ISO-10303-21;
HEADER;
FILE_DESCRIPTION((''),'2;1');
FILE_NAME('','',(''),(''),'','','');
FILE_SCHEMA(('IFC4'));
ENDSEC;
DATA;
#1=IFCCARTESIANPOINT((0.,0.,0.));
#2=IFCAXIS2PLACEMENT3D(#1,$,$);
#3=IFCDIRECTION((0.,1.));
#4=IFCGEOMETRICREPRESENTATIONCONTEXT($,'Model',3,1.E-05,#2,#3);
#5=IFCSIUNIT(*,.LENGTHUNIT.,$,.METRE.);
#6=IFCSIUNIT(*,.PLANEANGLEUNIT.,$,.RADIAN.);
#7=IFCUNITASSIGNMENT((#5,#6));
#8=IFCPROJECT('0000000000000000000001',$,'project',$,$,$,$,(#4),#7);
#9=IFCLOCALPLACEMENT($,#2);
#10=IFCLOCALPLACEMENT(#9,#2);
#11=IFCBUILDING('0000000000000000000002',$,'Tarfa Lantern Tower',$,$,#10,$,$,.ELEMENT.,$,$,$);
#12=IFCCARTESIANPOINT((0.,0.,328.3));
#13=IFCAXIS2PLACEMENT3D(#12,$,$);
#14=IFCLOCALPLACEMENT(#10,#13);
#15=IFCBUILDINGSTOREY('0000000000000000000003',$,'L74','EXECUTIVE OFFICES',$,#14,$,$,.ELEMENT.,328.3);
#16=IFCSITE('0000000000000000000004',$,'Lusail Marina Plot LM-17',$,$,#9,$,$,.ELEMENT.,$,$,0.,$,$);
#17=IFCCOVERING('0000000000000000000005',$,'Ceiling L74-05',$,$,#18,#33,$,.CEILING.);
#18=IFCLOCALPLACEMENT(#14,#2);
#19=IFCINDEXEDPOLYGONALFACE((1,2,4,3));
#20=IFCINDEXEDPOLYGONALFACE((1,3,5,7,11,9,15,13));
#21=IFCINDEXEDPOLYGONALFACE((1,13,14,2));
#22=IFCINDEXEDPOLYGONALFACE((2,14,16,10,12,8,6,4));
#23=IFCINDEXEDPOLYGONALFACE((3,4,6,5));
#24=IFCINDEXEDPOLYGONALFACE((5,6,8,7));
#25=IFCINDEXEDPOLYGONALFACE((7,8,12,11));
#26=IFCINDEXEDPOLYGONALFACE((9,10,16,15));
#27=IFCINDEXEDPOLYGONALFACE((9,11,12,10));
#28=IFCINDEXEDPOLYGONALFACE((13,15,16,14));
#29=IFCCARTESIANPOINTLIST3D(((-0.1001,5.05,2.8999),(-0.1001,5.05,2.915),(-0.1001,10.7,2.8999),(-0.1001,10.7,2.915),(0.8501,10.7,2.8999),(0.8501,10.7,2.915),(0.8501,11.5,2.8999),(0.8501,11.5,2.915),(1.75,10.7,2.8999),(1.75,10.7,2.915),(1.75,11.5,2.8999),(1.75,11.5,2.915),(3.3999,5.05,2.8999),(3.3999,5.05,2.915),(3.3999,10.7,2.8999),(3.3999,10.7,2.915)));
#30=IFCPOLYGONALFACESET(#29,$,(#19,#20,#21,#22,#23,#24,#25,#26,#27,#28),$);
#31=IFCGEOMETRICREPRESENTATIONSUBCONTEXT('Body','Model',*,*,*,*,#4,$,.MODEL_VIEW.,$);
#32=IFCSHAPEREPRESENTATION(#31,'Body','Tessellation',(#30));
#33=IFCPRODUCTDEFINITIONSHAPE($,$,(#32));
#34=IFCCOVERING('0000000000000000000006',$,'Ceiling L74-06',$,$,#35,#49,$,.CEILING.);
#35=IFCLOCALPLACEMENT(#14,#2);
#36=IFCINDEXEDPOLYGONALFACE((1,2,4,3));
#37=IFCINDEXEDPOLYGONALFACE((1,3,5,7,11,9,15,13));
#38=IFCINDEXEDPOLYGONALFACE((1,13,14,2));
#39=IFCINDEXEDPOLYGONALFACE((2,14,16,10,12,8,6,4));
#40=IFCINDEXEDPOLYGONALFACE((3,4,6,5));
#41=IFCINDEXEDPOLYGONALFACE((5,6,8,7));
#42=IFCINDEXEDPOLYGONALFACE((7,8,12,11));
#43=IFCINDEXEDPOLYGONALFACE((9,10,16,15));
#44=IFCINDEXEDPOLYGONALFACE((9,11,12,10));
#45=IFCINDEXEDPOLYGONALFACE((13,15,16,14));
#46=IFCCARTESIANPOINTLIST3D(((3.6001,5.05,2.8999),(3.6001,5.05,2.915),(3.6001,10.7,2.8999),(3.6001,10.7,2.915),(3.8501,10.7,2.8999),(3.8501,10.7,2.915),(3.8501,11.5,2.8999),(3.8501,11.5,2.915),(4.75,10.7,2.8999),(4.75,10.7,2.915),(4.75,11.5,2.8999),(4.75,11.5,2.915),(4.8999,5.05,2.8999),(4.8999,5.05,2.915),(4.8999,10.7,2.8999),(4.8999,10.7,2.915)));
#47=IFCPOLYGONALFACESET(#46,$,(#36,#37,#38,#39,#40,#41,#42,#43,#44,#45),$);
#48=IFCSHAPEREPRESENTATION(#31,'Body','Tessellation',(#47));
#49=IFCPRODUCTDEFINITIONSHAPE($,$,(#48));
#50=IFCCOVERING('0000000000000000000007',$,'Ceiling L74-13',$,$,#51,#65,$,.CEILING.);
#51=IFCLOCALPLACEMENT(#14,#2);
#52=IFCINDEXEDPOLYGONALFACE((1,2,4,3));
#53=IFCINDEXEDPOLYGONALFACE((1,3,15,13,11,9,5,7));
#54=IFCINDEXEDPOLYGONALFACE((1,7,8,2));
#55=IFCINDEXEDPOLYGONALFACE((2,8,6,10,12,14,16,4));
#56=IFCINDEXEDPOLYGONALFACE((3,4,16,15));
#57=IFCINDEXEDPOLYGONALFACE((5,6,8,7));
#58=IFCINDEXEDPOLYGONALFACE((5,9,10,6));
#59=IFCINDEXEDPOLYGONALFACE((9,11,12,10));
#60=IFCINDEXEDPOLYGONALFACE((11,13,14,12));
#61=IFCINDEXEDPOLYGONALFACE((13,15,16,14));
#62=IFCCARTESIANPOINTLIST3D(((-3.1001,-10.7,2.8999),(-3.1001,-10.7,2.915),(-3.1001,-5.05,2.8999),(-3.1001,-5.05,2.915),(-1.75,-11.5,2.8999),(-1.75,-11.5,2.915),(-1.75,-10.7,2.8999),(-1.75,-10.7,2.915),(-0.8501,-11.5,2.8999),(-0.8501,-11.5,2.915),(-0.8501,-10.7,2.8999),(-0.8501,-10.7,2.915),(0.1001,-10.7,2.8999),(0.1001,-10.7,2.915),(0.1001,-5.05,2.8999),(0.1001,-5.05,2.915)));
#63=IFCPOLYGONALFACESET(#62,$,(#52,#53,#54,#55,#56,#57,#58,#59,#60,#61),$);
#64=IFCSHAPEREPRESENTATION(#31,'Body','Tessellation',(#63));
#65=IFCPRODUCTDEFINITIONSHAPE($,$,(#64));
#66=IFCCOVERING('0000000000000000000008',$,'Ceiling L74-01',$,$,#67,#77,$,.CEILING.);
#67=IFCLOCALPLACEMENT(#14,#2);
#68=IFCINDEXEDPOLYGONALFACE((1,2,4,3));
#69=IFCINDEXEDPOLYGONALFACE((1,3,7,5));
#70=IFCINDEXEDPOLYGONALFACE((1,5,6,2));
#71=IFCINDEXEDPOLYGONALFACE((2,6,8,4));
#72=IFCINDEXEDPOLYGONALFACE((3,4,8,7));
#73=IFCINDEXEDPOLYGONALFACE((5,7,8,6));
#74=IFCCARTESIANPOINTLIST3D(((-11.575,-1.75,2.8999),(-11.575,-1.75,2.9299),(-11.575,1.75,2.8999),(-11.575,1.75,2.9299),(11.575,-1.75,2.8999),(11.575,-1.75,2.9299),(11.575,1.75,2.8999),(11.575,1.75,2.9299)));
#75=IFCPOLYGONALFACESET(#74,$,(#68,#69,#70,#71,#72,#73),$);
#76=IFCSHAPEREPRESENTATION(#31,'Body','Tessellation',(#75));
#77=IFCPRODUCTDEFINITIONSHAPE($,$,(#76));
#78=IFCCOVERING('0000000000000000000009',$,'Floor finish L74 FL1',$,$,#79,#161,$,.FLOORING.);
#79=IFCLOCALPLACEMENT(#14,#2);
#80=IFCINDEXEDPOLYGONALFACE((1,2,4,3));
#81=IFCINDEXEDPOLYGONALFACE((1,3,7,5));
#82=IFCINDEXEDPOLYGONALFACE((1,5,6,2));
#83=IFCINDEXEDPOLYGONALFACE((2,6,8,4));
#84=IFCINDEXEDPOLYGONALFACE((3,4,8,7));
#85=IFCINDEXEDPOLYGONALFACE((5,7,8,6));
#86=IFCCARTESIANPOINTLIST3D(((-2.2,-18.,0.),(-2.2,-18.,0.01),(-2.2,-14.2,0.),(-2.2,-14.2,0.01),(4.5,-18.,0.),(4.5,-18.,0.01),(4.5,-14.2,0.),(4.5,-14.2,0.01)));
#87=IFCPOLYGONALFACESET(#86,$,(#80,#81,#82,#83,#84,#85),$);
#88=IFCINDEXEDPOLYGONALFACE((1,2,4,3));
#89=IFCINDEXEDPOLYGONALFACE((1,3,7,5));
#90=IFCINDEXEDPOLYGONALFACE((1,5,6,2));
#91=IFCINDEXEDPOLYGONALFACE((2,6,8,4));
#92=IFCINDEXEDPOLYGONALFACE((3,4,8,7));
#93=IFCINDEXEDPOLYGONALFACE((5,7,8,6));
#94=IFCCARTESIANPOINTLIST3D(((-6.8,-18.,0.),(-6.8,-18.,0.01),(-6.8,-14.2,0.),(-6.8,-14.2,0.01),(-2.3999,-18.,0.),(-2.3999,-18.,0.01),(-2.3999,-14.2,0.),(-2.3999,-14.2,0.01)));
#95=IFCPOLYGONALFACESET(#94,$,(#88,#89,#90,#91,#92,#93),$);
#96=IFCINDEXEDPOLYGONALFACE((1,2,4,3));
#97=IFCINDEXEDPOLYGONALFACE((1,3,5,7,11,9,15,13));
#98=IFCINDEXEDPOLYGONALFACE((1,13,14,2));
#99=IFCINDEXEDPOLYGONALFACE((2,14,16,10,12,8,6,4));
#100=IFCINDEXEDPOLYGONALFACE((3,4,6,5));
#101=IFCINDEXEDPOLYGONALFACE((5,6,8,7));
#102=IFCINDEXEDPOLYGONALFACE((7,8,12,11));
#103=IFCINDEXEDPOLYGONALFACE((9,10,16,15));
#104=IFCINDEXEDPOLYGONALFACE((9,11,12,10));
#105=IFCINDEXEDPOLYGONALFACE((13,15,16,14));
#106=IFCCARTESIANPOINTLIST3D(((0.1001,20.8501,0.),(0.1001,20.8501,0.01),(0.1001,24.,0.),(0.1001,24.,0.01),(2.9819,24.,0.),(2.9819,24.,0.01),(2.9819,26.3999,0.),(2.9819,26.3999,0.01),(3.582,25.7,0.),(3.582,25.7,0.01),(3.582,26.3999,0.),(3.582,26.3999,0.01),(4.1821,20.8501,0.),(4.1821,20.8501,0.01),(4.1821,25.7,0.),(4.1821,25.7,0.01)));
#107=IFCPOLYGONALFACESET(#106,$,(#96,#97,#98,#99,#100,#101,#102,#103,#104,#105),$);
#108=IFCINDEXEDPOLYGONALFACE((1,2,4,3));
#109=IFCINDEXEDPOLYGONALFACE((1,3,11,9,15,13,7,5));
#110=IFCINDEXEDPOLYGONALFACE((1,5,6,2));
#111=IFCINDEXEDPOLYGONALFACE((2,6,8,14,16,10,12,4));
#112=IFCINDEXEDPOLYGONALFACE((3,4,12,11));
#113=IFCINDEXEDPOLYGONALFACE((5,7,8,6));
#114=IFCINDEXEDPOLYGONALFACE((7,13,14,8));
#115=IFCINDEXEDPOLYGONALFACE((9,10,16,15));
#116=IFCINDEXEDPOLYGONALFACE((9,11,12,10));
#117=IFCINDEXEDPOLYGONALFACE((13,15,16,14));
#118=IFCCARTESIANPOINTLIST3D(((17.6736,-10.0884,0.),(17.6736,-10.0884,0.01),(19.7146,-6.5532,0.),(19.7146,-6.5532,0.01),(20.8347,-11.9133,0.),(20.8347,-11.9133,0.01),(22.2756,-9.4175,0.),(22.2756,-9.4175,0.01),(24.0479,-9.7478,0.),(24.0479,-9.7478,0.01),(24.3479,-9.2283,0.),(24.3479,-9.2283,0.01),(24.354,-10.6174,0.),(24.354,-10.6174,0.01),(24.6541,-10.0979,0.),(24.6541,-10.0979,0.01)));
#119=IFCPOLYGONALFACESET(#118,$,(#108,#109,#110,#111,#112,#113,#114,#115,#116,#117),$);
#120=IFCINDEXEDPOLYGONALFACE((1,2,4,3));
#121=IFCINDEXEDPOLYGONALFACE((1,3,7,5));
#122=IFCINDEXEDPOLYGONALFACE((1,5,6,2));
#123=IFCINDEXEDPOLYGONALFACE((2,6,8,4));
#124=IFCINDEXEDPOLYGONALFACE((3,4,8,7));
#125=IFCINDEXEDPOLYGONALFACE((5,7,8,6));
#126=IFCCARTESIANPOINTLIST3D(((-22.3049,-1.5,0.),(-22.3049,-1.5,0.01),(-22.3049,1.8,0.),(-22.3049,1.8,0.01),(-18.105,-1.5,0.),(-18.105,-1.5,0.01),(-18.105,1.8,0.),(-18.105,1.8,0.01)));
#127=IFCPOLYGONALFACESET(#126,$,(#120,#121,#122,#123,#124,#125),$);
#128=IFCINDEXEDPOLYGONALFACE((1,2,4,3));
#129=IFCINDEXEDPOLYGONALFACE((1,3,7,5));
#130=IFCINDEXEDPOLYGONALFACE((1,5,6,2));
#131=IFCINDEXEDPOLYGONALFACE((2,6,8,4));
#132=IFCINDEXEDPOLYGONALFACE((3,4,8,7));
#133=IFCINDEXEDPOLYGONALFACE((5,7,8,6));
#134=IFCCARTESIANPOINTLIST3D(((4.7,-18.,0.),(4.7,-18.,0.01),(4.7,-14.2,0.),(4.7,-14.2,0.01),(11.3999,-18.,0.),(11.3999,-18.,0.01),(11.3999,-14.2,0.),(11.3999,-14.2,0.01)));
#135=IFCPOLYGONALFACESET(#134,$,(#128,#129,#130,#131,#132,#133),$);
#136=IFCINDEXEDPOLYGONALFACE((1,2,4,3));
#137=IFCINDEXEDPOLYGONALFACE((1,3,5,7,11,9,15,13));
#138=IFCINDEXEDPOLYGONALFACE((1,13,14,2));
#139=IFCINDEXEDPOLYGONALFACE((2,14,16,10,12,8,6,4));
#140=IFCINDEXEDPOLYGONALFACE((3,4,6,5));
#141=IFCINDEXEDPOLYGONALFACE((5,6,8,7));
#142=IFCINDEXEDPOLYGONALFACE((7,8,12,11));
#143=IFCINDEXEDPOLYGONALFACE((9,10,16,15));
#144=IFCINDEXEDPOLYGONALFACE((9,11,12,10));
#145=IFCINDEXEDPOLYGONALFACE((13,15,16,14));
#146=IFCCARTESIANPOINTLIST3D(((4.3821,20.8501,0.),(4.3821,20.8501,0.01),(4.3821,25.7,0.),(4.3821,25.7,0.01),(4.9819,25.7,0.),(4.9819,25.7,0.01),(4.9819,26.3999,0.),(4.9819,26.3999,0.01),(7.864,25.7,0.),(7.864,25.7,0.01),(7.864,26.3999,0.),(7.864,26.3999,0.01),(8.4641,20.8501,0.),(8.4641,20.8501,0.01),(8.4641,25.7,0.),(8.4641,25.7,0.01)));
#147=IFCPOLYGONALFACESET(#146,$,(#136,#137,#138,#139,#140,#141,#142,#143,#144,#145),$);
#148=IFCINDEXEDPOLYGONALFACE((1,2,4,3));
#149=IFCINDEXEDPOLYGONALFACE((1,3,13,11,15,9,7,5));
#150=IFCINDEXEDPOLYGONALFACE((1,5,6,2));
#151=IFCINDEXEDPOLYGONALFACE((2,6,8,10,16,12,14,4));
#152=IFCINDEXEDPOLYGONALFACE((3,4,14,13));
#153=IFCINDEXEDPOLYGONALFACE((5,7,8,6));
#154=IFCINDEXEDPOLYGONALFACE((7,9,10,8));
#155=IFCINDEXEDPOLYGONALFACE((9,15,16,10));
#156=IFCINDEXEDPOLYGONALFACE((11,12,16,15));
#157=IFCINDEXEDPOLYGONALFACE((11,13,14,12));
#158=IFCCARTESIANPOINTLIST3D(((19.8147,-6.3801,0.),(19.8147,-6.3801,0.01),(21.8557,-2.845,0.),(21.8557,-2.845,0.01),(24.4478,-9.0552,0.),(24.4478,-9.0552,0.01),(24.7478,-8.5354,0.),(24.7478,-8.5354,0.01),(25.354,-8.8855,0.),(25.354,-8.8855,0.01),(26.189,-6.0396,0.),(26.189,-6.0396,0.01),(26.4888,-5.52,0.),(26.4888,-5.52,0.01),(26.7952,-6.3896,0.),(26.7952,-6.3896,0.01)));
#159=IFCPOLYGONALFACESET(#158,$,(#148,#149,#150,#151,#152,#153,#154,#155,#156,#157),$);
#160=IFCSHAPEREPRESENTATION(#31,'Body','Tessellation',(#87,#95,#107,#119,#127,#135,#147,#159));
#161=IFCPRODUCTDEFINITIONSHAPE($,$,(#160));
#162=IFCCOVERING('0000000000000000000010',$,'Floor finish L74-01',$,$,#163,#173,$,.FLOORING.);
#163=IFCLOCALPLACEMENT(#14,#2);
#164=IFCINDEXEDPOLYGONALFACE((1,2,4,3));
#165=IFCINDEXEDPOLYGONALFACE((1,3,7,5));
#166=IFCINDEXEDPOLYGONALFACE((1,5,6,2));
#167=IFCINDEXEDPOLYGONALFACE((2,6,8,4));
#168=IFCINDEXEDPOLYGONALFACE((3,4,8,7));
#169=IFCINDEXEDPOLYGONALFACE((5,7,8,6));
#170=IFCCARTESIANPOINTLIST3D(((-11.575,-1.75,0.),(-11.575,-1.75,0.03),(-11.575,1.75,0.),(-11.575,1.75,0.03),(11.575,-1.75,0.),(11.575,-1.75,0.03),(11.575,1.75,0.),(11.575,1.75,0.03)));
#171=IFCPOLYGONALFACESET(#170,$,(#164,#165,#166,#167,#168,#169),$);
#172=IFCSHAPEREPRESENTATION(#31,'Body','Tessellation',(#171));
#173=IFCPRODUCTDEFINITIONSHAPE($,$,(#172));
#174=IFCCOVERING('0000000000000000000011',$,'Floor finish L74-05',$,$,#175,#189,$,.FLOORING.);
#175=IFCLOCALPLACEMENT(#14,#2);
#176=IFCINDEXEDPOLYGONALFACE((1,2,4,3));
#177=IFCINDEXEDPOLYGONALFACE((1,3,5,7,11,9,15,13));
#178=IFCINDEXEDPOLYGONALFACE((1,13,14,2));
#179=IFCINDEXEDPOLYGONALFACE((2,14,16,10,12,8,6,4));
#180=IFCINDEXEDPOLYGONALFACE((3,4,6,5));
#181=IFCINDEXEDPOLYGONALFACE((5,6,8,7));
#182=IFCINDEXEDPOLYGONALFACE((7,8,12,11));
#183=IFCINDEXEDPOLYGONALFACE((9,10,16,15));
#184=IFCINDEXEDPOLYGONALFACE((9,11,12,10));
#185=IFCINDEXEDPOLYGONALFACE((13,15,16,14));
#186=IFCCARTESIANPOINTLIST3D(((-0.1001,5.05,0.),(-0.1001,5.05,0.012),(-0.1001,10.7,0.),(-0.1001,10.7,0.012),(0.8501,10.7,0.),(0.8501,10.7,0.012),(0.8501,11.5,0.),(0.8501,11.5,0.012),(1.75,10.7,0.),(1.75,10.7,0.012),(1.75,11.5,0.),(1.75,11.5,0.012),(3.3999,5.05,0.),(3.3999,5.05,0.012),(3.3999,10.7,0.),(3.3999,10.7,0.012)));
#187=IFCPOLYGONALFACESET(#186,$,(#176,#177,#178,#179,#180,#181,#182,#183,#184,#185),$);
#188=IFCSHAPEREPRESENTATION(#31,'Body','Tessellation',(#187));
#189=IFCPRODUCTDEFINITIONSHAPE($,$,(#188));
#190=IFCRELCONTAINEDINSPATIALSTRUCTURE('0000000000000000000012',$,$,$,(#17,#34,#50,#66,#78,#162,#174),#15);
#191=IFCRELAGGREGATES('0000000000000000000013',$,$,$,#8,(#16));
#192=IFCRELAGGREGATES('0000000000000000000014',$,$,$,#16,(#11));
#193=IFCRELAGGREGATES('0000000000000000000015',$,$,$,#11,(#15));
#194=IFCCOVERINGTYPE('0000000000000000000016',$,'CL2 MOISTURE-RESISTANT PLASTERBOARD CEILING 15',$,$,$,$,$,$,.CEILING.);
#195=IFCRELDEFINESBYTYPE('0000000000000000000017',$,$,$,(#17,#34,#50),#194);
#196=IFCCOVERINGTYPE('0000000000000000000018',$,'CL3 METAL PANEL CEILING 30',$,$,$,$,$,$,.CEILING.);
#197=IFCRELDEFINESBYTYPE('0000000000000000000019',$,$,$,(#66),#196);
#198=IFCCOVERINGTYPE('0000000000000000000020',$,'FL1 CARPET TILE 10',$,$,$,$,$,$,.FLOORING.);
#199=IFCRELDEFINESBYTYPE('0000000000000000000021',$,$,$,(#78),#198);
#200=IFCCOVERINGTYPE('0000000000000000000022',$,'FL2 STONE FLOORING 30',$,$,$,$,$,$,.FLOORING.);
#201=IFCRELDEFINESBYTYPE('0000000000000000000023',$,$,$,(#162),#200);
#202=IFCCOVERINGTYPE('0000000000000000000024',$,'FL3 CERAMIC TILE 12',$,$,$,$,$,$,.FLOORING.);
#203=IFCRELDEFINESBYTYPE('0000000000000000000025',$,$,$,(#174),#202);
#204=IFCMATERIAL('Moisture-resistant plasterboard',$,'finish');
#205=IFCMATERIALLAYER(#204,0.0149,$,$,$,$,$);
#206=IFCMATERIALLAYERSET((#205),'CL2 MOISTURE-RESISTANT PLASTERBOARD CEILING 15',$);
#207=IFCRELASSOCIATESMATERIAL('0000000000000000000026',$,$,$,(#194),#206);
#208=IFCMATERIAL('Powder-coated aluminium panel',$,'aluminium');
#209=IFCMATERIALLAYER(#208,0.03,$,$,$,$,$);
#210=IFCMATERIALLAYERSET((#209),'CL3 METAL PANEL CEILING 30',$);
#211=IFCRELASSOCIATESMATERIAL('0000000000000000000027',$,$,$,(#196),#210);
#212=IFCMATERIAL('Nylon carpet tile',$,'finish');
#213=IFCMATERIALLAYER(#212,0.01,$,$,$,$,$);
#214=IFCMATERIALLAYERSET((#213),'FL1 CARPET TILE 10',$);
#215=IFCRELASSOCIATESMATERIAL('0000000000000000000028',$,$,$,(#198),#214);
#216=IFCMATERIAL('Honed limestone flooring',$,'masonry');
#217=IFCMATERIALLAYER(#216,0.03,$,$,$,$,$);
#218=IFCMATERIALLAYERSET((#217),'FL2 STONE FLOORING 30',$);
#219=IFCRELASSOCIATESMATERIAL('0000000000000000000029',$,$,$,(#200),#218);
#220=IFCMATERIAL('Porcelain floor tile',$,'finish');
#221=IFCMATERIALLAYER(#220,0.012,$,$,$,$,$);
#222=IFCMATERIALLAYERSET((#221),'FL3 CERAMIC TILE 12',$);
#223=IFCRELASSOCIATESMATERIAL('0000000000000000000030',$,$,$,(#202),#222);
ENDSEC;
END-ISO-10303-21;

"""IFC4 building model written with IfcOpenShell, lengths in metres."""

from ifc_helpers import new_model, si_unit, direction, frame, origin, place, context, subcontext, project, spatial, polyline, outline, extrude, material, layer, layer_set, type_object, element, save


model = new_model("IFC4")

# Units and contexts
model_context = context("Model", 3, precision=1e-05, world=origin(), true_north=direction((0.0, 1.0)))
body_context = subcontext(model_context, "Body", "Model", "MODEL_VIEW")
ifc_project = project(units=[si_unit("LENGTHUNIT", "METRE"), si_unit("PLANEANGLEUNIT", "RADIAN")], contexts=[model_context])

# Site, building, storey
site_placement = place(None, origin())
site = spatial("IfcSite", under=ifc_project, at=site_placement, Name="Lusail Marina Plot LM-17", CompositionType="ELEMENT", RefElevation=0.0)
building_placement = place(site_placement, origin())
building = spatial("IfcBuilding", under=site, at=building_placement, Name="Tarfa Lantern Tower", CompositionType="ELEMENT")
storey_placement = place(building_placement, frame((0.0, 0.0, 328.3)))
storey = spatial("IfcBuildingStorey", under=building, at=storey_placement, Name="L74", Description="EXECUTIVE OFFICES", CompositionType="ELEMENT", Elevation=328.3)

# Coverings
ifc_material_1 = material(Name="Moisture-resistant plasterboard", Category="finish")
ifc_layer_1 = layer(ifc_material_1, 0.0149)
ifc_layer_set_1 = layer_set([ifc_layer_1], Name="CL2 MOISTURE-RESISTANT PLASTERBOARD CEILING 15")
covering_type_1 = type_object("IfcCoveringType", Name="CL2 MOISTURE-RESISTANT PLASTERBOARD CEILING 15", PredefinedType="CEILING", material=ifc_layer_set_1)
covering_1_placement = place(storey_placement, frame((0.0, 0.0, 2.8999)))
element("IfcCovering", 1, at=covering_1_placement, inside=storey, type_object=covering_type_1, Name="Ceiling L74-05", PredefinedType="CEILING", context=body_context, shape_type="SweptSolid", body=[
    extrude(outline(polyline([(0.8501, 10.7), (-0.1001, 10.7), (-0.1001, 5.05), (3.3999, 5.05), (3.3999, 10.7), (1.75, 10.7), (1.75, 11.5), (0.8501, 11.5), (0.8501, 11.5), (0.8501, 10.7)])), origin(), (0.0, 0.0, 1.0), 0.0151),
])
covering_2_placement = place(storey_placement, frame((0.0, 0.0, 2.8999)))
element("IfcCovering", 2, at=covering_2_placement, inside=storey, type_object=covering_type_1, Name="Ceiling L74-06", PredefinedType="CEILING", context=body_context, shape_type="SweptSolid", body=[
    extrude(outline(polyline([(3.6001, 5.05), (4.8999, 5.05), (4.8999, 10.7), (4.75, 10.7), (4.75, 11.5), (3.8501, 11.5), (3.8501, 10.7), (3.6001, 10.7), (3.6001, 5.05)])), origin(), (0.0, 0.0, 1.0), 0.0151),
])
covering_3_placement = place(storey_placement, frame((0.0, 0.0, 2.8999)))
element("IfcCovering", 3, at=covering_3_placement, inside=storey, type_object=covering_type_1, Name="Ceiling L74-13", PredefinedType="CEILING", context=body_context, shape_type="SweptSolid", body=[
    extrude(outline(polyline([(-0.8501, -10.7), (0.1001, -10.7), (0.1001, -5.05), (-3.1001, -5.05), (-3.1001, -10.7), (-1.75, -10.7), (-1.75, -11.5), (-0.8501, -11.5), (-0.8501, -10.7)])), origin(), (0.0, 0.0, 1.0), 0.0151),
])
ifc_material_2 = material(Name="Powder-coated aluminium panel", Category="aluminium")
ifc_layer_2 = layer(ifc_material_2, 0.03)
ifc_layer_set_2 = layer_set([ifc_layer_2], Name="CL3 METAL PANEL CEILING 30")
covering_type_2 = type_object("IfcCoveringType", Name="CL3 METAL PANEL CEILING 30", PredefinedType="CEILING", material=ifc_layer_set_2)
covering_4_placement = place(storey_placement, frame((0.0, 0.0, 2.8999)))
element("IfcCovering", 4, at=covering_4_placement, inside=storey, type_object=covering_type_2, Name="Ceiling L74-01", PredefinedType="CEILING", context=body_context, shape_type="SweptSolid", body=[
    extrude(outline(polyline([(-11.575, -1.75), (11.575, -1.75), (11.575, 1.75), (-11.575, 1.75), (-11.575, -1.75)])), origin(), (0.0, 0.0, 1.0), 0.03),
])
ifc_material_3 = material(Name="Nylon carpet tile", Category="finish")
ifc_layer_3 = layer(ifc_material_3, 0.01)
ifc_layer_set_3 = layer_set([ifc_layer_3], Name="FL1 CARPET TILE 10")
covering_type_3 = type_object("IfcCoveringType", Name="FL1 CARPET TILE 10", PredefinedType="FLOORING", material=ifc_layer_set_3)
covering_5_placement = place(storey_placement, origin())
element("IfcCovering", 5, at=covering_5_placement, inside=storey, type_object=covering_type_3, Name="Floor finish L74 FL1", PredefinedType="FLOORING", context=body_context, shape_type="SweptSolid", body=[
    extrude(outline(polyline([(-2.2, -14.2), (4.5, -14.2), (4.5, -18.0), (-2.2, -18.0), (-2.2, -14.2)])), origin(), (0.0, 0.0, 1.0), 0.01),
    extrude(outline(polyline([(-6.8, -14.2), (-2.3999, -14.2), (-2.3999, -18.0), (-6.8, -18.0), (-6.8, -14.2)])), origin(), (0.0, 0.0, 1.0), 0.01),
    extrude(outline(polyline([(4.1821, 20.8501), (0.1001, 20.8501), (0.1001, 24.0), (2.9819, 24.0), (2.9819, 26.3999), (3.582, 26.3999), (3.582, 25.7), (4.1821, 25.7), (4.1821, 20.8501)])), origin(), (0.0, 0.0, 1.0), 0.01),
    extrude(outline(polyline([(19.7146, -6.5532), (24.3479, -9.2283), (24.0479, -9.7478), (24.6541, -10.0979), (24.354, -10.6174), (22.2756, -9.4175), (20.8347, -11.9133), (17.6736, -10.0884), (19.7146, -6.5532)])), origin(), (0.0, 0.0, 1.0), 0.01),
    extrude(outline(polyline([(-22.3049, 1.8), (-18.105, 1.8), (-18.105, -1.5), (-22.3049, -1.5), (-22.3049, 1.8)])), origin(), (0.0, 0.0, 1.0), 0.01),
    extrude(outline(polyline([(4.7, -14.2), (11.3999, -14.2), (11.3999, -18.0), (4.7, -18.0), (4.7, -14.2)])), origin(), (0.0, 0.0, 1.0), 0.01),
    extrude(outline(polyline([(8.4641, 20.8501), (4.3821, 20.8501), (4.3821, 25.7), (4.9819, 25.7), (4.9819, 26.3999), (7.864, 26.3999), (7.864, 25.7), (8.4641, 25.7), (8.4641, 20.8501)])), origin(), (0.0, 0.0, 1.0), 0.01),
    extrude(outline(polyline([(21.8557, -2.845), (26.4888, -5.52), (26.189, -6.0396), (26.7952, -6.3896), (25.354, -8.8855), (24.7478, -8.5354), (24.4478, -9.0552), (19.8147, -6.3801), (21.8557, -2.845)])), origin(), (0.0, 0.0, 1.0), 0.01),
])
ifc_material_4 = material(Name="Honed limestone flooring", Category="masonry")
ifc_layer_4 = layer(ifc_material_4, 0.03)
ifc_layer_set_4 = layer_set([ifc_layer_4], Name="FL2 STONE FLOORING 30")
covering_type_4 = type_object("IfcCoveringType", Name="FL2 STONE FLOORING 30", PredefinedType="FLOORING", material=ifc_layer_set_4)
covering_6_placement = place(storey_placement, origin())
element("IfcCovering", 6, at=covering_6_placement, inside=storey, type_object=covering_type_4, Name="Floor finish L74-01", PredefinedType="FLOORING", context=body_context, shape_type="SweptSolid", body=[
    extrude(outline(polyline([(-11.575, -1.75), (11.575, -1.75), (11.575, 1.75), (-11.575, 1.75), (-11.575, -1.75)])), origin(), (0.0, 0.0, 1.0), 0.03),
])
ifc_material_5 = material(Name="Porcelain floor tile", Category="finish")
ifc_layer_5 = layer(ifc_material_5, 0.012)
ifc_layer_set_5 = layer_set([ifc_layer_5], Name="FL3 CERAMIC TILE 12")
covering_type_5 = type_object("IfcCoveringType", Name="FL3 CERAMIC TILE 12", PredefinedType="FLOORING", material=ifc_layer_set_5)
covering_7_placement = place(storey_placement, origin())
element("IfcCovering", 7, at=covering_7_placement, inside=storey, type_object=covering_type_5, Name="Floor finish L74-05", PredefinedType="FLOORING", context=body_context, shape_type="SweptSolid", body=[
    extrude(outline(polyline([(0.8501, 10.7), (-0.1001, 10.7), (-0.1001, 5.05), (3.3999, 5.05), (3.3999, 10.7), (1.75, 10.7), (1.75, 11.5), (0.8501, 11.5), (0.8501, 11.5), (0.8501, 10.7)])), origin(), (0.0, 0.0, 1.0), 0.012),
])

save(model, "model.ifc")
